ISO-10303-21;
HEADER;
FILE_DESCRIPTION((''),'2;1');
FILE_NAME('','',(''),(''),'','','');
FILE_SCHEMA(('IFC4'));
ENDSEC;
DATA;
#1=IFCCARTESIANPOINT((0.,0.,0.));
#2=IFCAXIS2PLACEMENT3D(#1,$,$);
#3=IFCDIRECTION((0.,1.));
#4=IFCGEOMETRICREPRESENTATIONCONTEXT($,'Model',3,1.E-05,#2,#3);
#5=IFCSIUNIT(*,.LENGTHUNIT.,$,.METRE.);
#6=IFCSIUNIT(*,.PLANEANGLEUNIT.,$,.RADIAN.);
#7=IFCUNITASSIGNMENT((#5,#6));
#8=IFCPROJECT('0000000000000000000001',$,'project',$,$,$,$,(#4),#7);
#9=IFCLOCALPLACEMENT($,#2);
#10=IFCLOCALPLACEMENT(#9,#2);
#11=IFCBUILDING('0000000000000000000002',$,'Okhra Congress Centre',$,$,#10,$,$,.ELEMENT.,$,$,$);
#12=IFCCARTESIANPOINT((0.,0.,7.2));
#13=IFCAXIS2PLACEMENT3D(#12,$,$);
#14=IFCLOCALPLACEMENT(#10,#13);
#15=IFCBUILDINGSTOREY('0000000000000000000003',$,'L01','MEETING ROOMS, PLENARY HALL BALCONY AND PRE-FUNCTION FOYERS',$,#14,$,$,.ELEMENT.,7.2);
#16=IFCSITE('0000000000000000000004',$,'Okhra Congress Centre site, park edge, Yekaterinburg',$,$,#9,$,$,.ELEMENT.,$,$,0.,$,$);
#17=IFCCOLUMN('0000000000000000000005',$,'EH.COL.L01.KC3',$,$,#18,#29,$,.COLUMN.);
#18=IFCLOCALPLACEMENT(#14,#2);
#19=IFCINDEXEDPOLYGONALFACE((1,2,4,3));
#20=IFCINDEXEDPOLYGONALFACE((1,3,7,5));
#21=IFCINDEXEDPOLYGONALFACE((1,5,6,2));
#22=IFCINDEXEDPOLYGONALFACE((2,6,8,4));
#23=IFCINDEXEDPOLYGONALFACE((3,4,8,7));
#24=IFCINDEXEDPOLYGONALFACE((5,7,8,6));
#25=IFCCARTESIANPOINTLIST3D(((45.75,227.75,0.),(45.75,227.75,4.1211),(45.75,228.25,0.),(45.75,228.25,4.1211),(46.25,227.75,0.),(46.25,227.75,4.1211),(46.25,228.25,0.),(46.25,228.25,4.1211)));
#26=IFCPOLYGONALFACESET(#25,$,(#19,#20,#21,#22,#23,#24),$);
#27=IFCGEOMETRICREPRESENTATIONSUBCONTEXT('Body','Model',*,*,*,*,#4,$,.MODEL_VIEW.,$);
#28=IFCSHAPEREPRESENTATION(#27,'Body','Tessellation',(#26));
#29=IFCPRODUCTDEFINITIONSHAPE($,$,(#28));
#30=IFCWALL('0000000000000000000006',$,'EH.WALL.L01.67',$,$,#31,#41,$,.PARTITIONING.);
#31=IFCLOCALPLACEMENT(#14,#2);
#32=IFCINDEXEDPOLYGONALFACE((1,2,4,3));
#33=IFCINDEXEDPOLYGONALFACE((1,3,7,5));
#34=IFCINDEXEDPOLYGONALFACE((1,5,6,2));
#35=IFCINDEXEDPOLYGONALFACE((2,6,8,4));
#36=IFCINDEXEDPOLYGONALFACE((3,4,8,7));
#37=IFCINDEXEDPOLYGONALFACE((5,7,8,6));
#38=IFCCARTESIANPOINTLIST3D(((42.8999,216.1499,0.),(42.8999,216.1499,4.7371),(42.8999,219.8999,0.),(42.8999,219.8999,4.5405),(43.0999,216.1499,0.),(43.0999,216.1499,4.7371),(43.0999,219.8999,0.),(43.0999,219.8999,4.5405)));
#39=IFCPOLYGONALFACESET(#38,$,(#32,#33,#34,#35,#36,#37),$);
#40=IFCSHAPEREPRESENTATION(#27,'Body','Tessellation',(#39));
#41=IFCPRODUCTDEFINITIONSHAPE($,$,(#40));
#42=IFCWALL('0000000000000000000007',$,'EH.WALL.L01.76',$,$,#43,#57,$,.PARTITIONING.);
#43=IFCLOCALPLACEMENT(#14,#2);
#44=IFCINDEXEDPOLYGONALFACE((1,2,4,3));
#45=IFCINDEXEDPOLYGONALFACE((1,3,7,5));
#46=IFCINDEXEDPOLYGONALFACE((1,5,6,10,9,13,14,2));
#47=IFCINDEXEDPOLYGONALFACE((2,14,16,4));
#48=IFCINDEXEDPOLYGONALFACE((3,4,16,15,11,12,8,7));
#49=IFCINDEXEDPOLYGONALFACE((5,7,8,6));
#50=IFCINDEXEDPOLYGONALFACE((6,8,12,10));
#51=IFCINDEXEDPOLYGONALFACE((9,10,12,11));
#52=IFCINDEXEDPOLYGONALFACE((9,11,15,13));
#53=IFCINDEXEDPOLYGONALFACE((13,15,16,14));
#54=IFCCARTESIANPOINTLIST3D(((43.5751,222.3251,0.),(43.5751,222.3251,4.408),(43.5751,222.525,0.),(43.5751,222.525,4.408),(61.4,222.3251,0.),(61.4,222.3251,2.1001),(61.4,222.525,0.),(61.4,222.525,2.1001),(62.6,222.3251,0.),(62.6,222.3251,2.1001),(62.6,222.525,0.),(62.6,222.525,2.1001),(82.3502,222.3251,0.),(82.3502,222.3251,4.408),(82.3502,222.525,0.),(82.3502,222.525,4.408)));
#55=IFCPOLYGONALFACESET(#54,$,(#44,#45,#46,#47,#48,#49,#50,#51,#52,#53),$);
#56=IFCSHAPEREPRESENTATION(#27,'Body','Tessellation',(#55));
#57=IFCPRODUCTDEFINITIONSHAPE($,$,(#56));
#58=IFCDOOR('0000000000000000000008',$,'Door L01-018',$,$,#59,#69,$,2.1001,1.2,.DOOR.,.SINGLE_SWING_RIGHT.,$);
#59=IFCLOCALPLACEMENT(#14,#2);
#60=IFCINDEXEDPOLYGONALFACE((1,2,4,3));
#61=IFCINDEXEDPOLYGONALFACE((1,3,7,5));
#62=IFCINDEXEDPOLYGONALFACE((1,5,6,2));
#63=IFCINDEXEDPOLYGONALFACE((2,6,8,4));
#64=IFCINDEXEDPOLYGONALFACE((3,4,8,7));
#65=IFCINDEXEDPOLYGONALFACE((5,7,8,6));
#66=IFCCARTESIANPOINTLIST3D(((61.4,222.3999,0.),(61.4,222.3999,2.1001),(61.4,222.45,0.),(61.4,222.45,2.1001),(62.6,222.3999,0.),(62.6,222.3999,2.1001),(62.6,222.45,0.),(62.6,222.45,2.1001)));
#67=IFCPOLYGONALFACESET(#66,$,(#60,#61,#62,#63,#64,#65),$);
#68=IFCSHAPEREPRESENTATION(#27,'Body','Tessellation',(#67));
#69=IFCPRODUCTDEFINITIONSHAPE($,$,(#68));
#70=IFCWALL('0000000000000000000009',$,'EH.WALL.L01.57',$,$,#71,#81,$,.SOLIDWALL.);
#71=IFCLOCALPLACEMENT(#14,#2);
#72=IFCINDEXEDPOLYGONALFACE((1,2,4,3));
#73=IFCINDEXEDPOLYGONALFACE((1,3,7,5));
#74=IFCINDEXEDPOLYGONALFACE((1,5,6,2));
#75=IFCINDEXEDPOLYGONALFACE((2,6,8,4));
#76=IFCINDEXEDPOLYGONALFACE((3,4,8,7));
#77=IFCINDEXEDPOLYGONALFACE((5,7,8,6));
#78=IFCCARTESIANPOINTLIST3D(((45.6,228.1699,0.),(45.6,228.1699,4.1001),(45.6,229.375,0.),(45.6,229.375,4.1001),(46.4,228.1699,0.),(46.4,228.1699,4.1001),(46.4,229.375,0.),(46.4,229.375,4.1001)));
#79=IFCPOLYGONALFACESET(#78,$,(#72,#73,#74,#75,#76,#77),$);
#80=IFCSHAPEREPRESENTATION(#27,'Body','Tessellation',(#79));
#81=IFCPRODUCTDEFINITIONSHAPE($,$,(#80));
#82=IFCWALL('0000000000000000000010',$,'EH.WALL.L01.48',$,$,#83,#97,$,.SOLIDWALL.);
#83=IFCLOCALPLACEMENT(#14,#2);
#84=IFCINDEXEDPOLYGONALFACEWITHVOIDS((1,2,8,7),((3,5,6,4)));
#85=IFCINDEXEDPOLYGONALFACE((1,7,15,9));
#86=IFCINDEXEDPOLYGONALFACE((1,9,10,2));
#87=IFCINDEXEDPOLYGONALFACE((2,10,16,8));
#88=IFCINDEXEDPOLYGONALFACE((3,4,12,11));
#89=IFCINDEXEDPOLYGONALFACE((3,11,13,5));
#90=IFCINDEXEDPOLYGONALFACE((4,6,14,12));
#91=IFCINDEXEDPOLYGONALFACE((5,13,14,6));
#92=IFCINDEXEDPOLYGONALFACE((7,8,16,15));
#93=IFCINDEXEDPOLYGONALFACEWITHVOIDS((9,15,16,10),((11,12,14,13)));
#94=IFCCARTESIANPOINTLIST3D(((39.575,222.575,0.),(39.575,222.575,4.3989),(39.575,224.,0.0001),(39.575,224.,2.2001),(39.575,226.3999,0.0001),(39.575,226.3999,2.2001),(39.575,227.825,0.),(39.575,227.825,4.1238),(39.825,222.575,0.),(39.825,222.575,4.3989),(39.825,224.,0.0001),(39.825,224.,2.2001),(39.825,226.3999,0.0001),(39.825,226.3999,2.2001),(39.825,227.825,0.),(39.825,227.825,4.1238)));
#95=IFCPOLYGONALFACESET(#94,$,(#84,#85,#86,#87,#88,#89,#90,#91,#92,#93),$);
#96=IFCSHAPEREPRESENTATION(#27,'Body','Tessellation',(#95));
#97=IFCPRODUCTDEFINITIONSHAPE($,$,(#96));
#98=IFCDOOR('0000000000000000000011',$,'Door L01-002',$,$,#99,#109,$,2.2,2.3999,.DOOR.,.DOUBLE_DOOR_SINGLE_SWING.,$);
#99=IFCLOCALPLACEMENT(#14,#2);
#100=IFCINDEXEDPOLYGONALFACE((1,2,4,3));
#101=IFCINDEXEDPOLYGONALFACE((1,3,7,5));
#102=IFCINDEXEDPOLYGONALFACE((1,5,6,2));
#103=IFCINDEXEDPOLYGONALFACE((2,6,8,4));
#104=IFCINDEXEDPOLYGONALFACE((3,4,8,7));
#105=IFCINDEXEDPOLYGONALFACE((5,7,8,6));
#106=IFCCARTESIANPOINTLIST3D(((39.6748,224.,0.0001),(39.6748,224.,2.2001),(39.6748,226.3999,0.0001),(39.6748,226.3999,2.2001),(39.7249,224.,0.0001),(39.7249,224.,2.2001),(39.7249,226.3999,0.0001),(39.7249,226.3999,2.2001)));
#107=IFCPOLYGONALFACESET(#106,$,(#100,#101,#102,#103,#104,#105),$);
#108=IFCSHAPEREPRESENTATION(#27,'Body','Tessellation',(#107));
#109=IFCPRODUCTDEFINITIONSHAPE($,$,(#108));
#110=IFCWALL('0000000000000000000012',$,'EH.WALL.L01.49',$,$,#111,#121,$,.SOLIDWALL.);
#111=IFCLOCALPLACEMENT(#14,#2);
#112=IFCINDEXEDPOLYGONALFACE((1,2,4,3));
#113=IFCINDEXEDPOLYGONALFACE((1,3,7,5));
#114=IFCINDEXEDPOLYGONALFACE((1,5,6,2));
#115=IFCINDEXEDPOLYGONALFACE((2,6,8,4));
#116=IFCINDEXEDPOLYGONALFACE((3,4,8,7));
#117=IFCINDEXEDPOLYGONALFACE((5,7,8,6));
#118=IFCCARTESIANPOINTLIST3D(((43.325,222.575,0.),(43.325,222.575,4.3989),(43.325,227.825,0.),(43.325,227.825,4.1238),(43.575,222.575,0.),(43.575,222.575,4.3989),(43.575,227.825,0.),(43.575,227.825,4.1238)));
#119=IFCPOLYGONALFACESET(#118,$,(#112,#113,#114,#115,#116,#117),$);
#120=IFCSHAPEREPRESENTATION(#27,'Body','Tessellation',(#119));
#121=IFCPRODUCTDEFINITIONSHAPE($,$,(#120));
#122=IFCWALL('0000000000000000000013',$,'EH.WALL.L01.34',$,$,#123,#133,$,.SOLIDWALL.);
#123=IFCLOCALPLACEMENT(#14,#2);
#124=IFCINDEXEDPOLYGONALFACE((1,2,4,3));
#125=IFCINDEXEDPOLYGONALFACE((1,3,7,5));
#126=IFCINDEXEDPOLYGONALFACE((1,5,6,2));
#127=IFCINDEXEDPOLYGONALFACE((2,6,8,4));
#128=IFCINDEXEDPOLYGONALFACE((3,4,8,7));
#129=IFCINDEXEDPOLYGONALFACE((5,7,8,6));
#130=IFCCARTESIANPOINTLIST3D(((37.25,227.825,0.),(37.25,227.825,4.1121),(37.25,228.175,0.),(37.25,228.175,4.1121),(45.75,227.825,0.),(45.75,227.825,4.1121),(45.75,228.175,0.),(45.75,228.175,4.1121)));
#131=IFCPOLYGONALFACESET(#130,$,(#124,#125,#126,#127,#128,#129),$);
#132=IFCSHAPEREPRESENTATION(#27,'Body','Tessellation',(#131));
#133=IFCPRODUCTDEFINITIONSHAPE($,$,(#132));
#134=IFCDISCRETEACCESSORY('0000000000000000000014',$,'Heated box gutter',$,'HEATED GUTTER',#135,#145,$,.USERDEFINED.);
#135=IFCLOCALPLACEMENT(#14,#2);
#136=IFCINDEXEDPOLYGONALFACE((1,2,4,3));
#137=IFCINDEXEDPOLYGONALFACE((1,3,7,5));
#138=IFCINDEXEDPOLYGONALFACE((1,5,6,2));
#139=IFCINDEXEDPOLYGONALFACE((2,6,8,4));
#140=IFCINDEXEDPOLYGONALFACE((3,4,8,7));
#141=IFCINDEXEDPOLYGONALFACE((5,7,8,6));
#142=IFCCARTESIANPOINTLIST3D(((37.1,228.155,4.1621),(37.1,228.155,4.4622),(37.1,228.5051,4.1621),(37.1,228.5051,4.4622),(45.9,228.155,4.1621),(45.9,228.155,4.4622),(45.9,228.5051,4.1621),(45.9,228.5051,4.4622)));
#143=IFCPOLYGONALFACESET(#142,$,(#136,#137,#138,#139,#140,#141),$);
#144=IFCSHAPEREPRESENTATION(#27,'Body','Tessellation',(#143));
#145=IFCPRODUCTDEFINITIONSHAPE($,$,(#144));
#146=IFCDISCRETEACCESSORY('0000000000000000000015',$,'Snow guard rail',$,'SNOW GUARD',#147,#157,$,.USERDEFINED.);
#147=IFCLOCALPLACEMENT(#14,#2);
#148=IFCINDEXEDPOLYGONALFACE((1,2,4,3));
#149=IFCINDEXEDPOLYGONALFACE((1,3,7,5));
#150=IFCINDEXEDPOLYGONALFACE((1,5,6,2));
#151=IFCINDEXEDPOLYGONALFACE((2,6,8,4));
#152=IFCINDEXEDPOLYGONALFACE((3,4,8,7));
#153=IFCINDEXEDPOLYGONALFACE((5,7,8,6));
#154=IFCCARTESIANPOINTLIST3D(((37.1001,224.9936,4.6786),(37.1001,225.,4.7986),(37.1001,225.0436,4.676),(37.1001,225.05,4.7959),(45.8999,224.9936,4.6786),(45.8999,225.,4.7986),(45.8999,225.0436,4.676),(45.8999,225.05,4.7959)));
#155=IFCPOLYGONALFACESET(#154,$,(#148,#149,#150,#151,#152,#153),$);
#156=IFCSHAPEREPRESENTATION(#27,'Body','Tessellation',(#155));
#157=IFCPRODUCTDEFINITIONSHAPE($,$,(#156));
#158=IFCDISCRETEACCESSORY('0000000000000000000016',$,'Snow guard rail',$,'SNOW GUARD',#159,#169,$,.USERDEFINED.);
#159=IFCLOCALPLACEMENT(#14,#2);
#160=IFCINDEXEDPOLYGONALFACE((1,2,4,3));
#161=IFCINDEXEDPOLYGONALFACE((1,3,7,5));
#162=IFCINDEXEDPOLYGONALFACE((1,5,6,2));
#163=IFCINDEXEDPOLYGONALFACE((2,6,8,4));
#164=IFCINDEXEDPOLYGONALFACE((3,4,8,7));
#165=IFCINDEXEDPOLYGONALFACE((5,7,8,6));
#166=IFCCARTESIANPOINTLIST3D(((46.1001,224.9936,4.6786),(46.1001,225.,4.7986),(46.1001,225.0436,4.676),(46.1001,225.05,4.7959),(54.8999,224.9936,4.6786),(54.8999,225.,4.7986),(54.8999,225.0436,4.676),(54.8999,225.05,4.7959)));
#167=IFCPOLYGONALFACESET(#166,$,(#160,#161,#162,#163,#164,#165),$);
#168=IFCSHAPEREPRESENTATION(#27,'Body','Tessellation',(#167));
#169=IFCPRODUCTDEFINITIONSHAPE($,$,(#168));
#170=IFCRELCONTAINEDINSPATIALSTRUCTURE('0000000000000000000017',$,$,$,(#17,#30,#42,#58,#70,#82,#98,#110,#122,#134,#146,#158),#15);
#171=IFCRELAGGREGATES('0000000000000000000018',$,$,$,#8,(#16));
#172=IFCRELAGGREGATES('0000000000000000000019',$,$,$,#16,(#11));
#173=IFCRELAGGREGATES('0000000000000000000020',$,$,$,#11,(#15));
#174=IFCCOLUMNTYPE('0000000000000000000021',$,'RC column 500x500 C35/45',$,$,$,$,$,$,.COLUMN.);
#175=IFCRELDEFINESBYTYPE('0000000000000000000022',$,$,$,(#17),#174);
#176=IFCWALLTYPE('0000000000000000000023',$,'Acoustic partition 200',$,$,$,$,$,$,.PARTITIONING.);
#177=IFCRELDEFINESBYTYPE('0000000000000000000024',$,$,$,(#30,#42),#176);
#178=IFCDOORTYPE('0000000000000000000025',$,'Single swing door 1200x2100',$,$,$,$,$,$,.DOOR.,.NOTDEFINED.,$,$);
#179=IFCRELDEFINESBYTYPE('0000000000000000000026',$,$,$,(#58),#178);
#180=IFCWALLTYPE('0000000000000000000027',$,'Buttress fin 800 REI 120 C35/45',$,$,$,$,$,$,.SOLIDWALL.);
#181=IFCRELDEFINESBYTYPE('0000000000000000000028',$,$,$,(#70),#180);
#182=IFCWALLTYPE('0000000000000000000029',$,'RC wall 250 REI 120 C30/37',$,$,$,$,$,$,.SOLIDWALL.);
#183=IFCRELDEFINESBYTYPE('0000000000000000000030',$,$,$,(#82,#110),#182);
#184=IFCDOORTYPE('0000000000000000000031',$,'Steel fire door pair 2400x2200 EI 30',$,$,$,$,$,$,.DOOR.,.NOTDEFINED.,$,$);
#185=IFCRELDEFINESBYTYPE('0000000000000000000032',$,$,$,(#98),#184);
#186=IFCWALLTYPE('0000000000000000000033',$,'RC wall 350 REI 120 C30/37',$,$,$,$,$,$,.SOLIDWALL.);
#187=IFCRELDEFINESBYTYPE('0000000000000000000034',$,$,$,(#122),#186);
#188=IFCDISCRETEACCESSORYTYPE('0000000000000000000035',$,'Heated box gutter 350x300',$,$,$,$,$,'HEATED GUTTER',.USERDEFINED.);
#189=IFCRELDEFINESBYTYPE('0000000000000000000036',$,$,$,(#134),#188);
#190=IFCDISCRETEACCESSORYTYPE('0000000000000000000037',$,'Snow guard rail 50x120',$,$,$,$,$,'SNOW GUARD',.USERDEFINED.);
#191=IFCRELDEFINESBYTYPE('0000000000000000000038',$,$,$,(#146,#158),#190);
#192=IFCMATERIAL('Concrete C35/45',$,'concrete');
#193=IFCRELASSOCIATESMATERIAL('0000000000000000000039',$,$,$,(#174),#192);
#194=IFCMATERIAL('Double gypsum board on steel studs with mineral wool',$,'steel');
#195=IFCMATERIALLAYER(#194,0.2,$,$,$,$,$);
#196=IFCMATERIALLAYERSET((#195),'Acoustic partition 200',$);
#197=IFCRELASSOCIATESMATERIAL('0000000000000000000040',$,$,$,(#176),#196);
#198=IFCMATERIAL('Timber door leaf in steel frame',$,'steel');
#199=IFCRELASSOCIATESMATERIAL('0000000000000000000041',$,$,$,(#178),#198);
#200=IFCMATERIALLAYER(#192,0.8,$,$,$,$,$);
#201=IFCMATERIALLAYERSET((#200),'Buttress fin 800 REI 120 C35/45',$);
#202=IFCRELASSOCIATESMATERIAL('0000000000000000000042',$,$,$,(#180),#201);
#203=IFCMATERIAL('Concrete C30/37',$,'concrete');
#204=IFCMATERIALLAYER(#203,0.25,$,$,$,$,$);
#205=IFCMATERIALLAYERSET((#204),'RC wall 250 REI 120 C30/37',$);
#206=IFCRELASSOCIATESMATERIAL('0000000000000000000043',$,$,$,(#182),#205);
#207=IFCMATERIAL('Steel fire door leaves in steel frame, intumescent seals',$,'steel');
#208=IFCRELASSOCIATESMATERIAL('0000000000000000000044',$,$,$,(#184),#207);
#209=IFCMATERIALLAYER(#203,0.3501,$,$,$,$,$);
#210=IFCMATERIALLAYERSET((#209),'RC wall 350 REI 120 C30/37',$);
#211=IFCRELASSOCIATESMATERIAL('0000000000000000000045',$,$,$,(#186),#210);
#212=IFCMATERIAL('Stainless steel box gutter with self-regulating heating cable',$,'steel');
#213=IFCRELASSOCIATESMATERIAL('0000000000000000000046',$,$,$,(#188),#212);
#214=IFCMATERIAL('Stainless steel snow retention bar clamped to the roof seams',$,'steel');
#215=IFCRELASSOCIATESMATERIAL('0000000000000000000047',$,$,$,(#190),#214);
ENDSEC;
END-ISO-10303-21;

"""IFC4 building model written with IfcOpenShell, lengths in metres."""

from ifc_helpers import new_model, si_unit, direction, frame, frame_2d, origin, origin_2d, place, context, subcontext, project, spatial, polyline, rectangle, outline, extrude, material, layer, layer_set, material_profile, profile_set, type_object, element, fill, save


model = new_model("IFC4")

# Units and contexts
model_context = context("Model", 3, precision=1e-05, world=origin(), true_north=direction((0.0, 1.0)))
body_context = subcontext(model_context, "Body", "Model", "MODEL_VIEW")
ifc_project = project(units=[si_unit("LENGTHUNIT", "METRE"), si_unit("PLANEANGLEUNIT", "RADIAN")], contexts=[model_context])

# Site, building, storey
site_placement = place(None, origin())
site = spatial("IfcSite", under=ifc_project, at=site_placement, Name="Okhra Congress Centre site, park edge, Yekaterinburg", CompositionType="ELEMENT", RefElevation=0.0)
building_placement = place(site_placement, origin())
building = spatial("IfcBuilding", under=site, at=building_placement, Name="Okhra Congress Centre", CompositionType="ELEMENT")
storey_placement = place(building_placement, frame((0.0, 0.0, 7.2)))
storey = spatial("IfcBuildingStorey", under=building, at=storey_placement, Name="L01", Description="MEETING ROOMS, PLENARY HALL BALCONY AND PRE-FUNCTION FOYERS", CompositionType="ELEMENT", Elevation=7.2)

# Column
ifc_material_1 = material(Name="Concrete C35/45", Category="concrete")
ifc_material_profile = material_profile(ifc_material_1, rectangle(XDim=0.5, YDim=0.5, at=origin_2d()), Name="RC 500x500")
ifc_profile_set = profile_set([ifc_material_profile], Name="Concrete C35/45")
column_type = type_object("IfcColumnType", Name="RC column 500x500 C35/45", PredefinedType="COLUMN", material=ifc_profile_set)
column_placement = place(storey_placement, frame((46.0, 228.0, 0.0), z_axis=(0.0, 0.0, 1.0), x_axis=(1.0, 0.0, 0.0)))
element("IfcColumn", 1, at=column_placement, inside=storey, type_object=column_type, Name="EH.COL.L01.KC3", PredefinedType="COLUMN", context=body_context, shape_type="SweptSolid", body=[
    extrude(rectangle(XDim=0.5, YDim=0.5, at=origin_2d()), origin(), (0.0, 0.0, 1.0), 4.1211),
])

# Wall
ifc_material_2 = material(Name="Double gypsum board on steel studs with mineral wool", Category="steel")
ifc_layer_1 = layer(ifc_material_2, 0.2)
ifc_layer_set_1 = layer_set([ifc_layer_1], Name="Acoustic partition 200")
wall_type_1 = type_object("IfcWallType", Name="Acoustic partition 200", PredefinedType="PARTITIONING", material=ifc_layer_set_1)
wall_1_placement = place(storey_placement, frame((43.0, 216.1499, 0.0), z_axis=(0.0, 0.0, 1.0), x_axis=(0.0, 1.0, 0.0)))
element("IfcWall", 2, at=wall_1_placement, inside=storey, type_object=wall_type_1, Name="EH.WALL.L01.67", PredefinedType="PARTITIONING", context=body_context, shape_type="SweptSolid", body=[
    extrude(outline(polyline([(0.0, 0.0), (3.75, 0.0), (3.75, 4.5405), (0.0, 4.7371), (0.0, 0.0)])), frame((0.0, 0.1001, 0.0), z_axis=(0.0, -1.0, 0.0), x_axis=(1.0, 0.0, 0.0)), (0.0, 0.0, 1.0), 0.2),
])

# Wall, opening, door
wall_2_placement = place(storey_placement, frame((43.575, 222.425, 0.0), z_axis=(0.0, 0.0, 1.0), x_axis=(1.0, 0.0, 0.0)))
wall_2 = element("IfcWall", 3, at=wall_2_placement, inside=storey, type_object=wall_type_1, Name="EH.WALL.L01.76", PredefinedType="PARTITIONING", context=body_context, shape_type="SweptSolid", body=[
    extrude(rectangle(XDim=38.7751, YDim=0.2, at=frame_2d((19.3877, 0.0))), origin(), (0.0, 0.0, 1.0), 4.408),
])
opening_1_placement = place(wall_2_placement, frame((17.825, 0.0, 0.0)))
opening_1 = element("IfcOpeningElement", 4, at=opening_1_placement, cuts=wall_2, PredefinedType="OPENING", context=body_context, shape_type="SweptSolid", body=[
    extrude(rectangle(XDim=1.2, YDim=2.1001, at=frame_2d((0.6001, 1.05))), frame((0.0, 0.1099, 0.0), z_axis=(0.0, -1.0, 0.0), x_axis=(1.0, 0.0, 0.0)), (0.0, 0.0, 1.0), 0.22),
])
ifc_material_3 = material(Name="Timber door leaf in steel frame", Category="steel")
door_type_1 = type_object("IfcDoorType", Name="Single swing door 1200x2100", OperationType="NOTDEFINED", PredefinedType="DOOR", material=ifc_material_3)
door_1_placement = place(opening_1_placement, origin())
door_1 = element("IfcDoor", 5, at=door_1_placement, inside=storey, type_object=door_type_1, Name="Door L01-018", OperationType="SINGLE_SWING_RIGHT", OverallHeight=2.1001, OverallWidth=1.2, PredefinedType="DOOR", context=body_context, shape_type="SweptSolid", body=[
    extrude(rectangle(XDim=1.2, YDim=2.1001, at=frame_2d((0.6001, 1.05))), frame((0.0, 0.0249, 0.0), z_axis=(0.0, -1.0, 0.0), x_axis=(1.0, 0.0, 0.0)), (0.0, 0.0, 1.0), 0.05),
])
fill(opening_1, door_1)

# Wall
ifc_layer_2 = layer(ifc_material_1, 0.8)
ifc_layer_set_2 = layer_set([ifc_layer_2], Name="Buttress fin 800 REI 120 C35/45")
wall_type_2 = type_object("IfcWallType", Name="Buttress fin 800 REI 120 C35/45", PredefinedType="SOLIDWALL", material=ifc_layer_set_2)
wall_3_placement = place(storey_placement, frame((46.0, 228.1699, 0.0), z_axis=(0.0, 0.0, 1.0), x_axis=(0.0, 1.0, 0.0)))
element("IfcWall", 6, at=wall_3_placement, inside=storey, type_object=wall_type_2, Name="EH.WALL.L01.57", PredefinedType="SOLIDWALL", context=body_context, shape_type="SweptSolid", body=[
    extrude(rectangle(XDim=1.2051, YDim=0.8, at=frame_2d((0.6025, 0.0))), origin(), (0.0, 0.0, 1.0), 4.1001),
])

# Wall, opening, door
ifc_material_4 = material(Name="Concrete C30/37", Category="concrete")
ifc_layer_3 = layer(ifc_material_4, 0.25)
ifc_layer_set_3 = layer_set([ifc_layer_3], Name="RC wall 250 REI 120 C30/37")
wall_type_3 = type_object("IfcWallType", Name="RC wall 250 REI 120 C30/37", PredefinedType="SOLIDWALL", material=ifc_layer_set_3)
wall_4_placement = place(storey_placement, frame((39.7, 222.575, 0.0), z_axis=(0.0, 0.0, 1.0), x_axis=(0.0, 1.0, 0.0)))
wall_4 = element("IfcWall", 7, at=wall_4_placement, inside=storey, type_object=wall_type_3, Name="EH.WALL.L01.48", PredefinedType="SOLIDWALL", context=body_context, shape_type="SweptSolid", body=[
    extrude(outline(polyline([(0.0, 0.0), (5.25, 0.0), (5.25, 4.1238), (0.0, 4.3989), (0.0, 0.0)])), frame((0.0, 0.125, 0.0), z_axis=(0.0, -1.0, 0.0), x_axis=(1.0, 0.0, 0.0)), (0.0, 0.0, 1.0), 0.25),
])
opening_2_placement = place(wall_4_placement, frame((1.425, 0.0, 0.0)))
opening_2 = element("IfcOpeningElement", 8, at=opening_2_placement, cuts=wall_4, PredefinedType="OPENING", context=body_context, shape_type="SweptSolid", body=[
    extrude(rectangle(XDim=2.3999, YDim=2.2, at=frame_2d((1.2, 1.1001))), frame((0.0, 0.135, 0.0), z_axis=(0.0, -1.0, 0.0), x_axis=(1.0, 0.0, 0.0)), (0.0, 0.0, 1.0), 0.27),
])
ifc_material_5 = material(Name="Steel fire door leaves in steel frame, intumescent seals", Category="steel")
door_type_2 = type_object("IfcDoorType", Name="Steel fire door pair 2400x2200 EI 30", OperationType="NOTDEFINED", PredefinedType="DOOR", material=ifc_material_5)
door_2_placement = place(opening_2_placement, frame((2.3999, 0.0, 0.0), z_axis=(0.0, 0.0, 1.0), x_axis=(-1.0, 0.0, 0.0)))
door_2 = element("IfcDoor", 9, at=door_2_placement, inside=storey, type_object=door_type_2, Name="Door L01-002", OperationType="DOUBLE_DOOR_SINGLE_SWING", OverallHeight=2.2, OverallWidth=2.3999, PredefinedType="DOOR", context=body_context, shape_type="SweptSolid", body=[
    extrude(rectangle(XDim=2.3999, YDim=2.2, at=frame_2d((1.2, 1.1001))), frame((0.0, 0.0249, 0.0), z_axis=(0.0, -1.0, 0.0), x_axis=(1.0, 0.0, 0.0)), (0.0, 0.0, 1.0), 0.05),
])
fill(opening_2, door_2)

# Walls
wall_5_placement = place(storey_placement, frame((43.45, 222.575, 0.0), z_axis=(0.0, 0.0, 1.0), x_axis=(0.0, 1.0, 0.0)))
element("IfcWall", 10, at=wall_5_placement, inside=storey, type_object=wall_type_3, Name="EH.WALL.L01.49", PredefinedType="SOLIDWALL", context=body_context, shape_type="SweptSolid", body=[
    extrude(outline(polyline([(0.0, 0.0), (5.25, 0.0), (5.25, 4.1238), (0.0, 4.3989), (0.0, 0.0)])), frame((0.0, 0.125, 0.0), z_axis=(0.0, -1.0, 0.0), x_axis=(1.0, 0.0, 0.0)), (0.0, 0.0, 1.0), 0.25),
])
ifc_layer_4 = layer(ifc_material_4, 0.3501)
ifc_layer_set_4 = layer_set([ifc_layer_4], Name="RC wall 350 REI 120 C30/37")
wall_type_4 = type_object("IfcWallType", Name="RC wall 350 REI 120 C30/37", PredefinedType="SOLIDWALL", material=ifc_layer_set_4)
wall_6_placement = place(storey_placement, frame((37.25, 228.0, 0.0), z_axis=(0.0, 0.0, 1.0), x_axis=(1.0, 0.0, 0.0)))
element("IfcWall", 11, at=wall_6_placement, inside=storey, type_object=wall_type_4, Name="EH.WALL.L01.34", PredefinedType="SOLIDWALL", context=body_context, shape_type="SweptSolid", body=[
    extrude(rectangle(XDim=8.5, YDim=0.3501, at=frame_2d((4.25, 0.0))), origin(), (0.0, 0.0, 1.0), 4.1121),
])

# Discrete accessories
ifc_material_6 = material(Name="Stainless steel box gutter with self-regulating heating cable", Category="steel")
discrete_accessory_type_1 = type_object("IfcDiscreteAccessoryType", Name="Heated box gutter 350x300", ElementType="HEATED GUTTER", PredefinedType="USERDEFINED", material=ifc_material_6)
discrete_accessory_placement = place(storey_placement, frame((41.5, 228.3301, 4.1621), z_axis=(0.0, 0.0, 1.0), x_axis=(1.0, 0.0, 0.0)))
element("IfcDiscreteAccessory", 12, at=discrete_accessory_placement, inside=storey, type_object=discrete_accessory_type_1, Name="Heated box gutter", ObjectType="HEATED GUTTER", PredefinedType="USERDEFINED", context=body_context, shape_type="SweptSolid", body=[
    extrude(rectangle(XDim=8.8, YDim=0.3501, at=origin_2d()), origin(), (0.0, 0.0, 1.0), 0.3),
])
ifc_material_7 = material(Name="Stainless steel snow retention bar clamped to the roof seams", Category="steel")
discrete_accessory_type_2 = type_object("IfcDiscreteAccessoryType", Name="Snow guard rail 50x120", ElementType="SNOW GUARD", PredefinedType="USERDEFINED", material=ifc_material_7)
for number, where, z_axis, x_axis, name in (
    (13, (37.1001, 225.0, 4.7986), (0.0, 0.053581, 0.998563), (1.0, 0.0, 0.0), "Snow guard rail"),
    (14, (46.1001, 225.0, 4.7986), (0.0, 0.053581, 0.998563), (1.0, 0.0, 0.0), "Snow guard rail"),
):
    element("IfcDiscreteAccessory", number, at=place(storey_placement, frame(where, z_axis=z_axis, x_axis=x_axis)), inside=storey, type_object=discrete_accessory_type_2, Name=name, ObjectType="SNOW GUARD", PredefinedType="USERDEFINED", context=body_context, shape_type="SweptSolid", body=[
        extrude(outline(polyline([(0.0, 0.0), (8.7998, 0.0), (8.7998, 0.0501), (0.0, 0.0501), (0.0, 0.0)])), origin(), (0.0, 0.0, -1.0), 0.1201),
    ])

save(model, "model.ifc")
